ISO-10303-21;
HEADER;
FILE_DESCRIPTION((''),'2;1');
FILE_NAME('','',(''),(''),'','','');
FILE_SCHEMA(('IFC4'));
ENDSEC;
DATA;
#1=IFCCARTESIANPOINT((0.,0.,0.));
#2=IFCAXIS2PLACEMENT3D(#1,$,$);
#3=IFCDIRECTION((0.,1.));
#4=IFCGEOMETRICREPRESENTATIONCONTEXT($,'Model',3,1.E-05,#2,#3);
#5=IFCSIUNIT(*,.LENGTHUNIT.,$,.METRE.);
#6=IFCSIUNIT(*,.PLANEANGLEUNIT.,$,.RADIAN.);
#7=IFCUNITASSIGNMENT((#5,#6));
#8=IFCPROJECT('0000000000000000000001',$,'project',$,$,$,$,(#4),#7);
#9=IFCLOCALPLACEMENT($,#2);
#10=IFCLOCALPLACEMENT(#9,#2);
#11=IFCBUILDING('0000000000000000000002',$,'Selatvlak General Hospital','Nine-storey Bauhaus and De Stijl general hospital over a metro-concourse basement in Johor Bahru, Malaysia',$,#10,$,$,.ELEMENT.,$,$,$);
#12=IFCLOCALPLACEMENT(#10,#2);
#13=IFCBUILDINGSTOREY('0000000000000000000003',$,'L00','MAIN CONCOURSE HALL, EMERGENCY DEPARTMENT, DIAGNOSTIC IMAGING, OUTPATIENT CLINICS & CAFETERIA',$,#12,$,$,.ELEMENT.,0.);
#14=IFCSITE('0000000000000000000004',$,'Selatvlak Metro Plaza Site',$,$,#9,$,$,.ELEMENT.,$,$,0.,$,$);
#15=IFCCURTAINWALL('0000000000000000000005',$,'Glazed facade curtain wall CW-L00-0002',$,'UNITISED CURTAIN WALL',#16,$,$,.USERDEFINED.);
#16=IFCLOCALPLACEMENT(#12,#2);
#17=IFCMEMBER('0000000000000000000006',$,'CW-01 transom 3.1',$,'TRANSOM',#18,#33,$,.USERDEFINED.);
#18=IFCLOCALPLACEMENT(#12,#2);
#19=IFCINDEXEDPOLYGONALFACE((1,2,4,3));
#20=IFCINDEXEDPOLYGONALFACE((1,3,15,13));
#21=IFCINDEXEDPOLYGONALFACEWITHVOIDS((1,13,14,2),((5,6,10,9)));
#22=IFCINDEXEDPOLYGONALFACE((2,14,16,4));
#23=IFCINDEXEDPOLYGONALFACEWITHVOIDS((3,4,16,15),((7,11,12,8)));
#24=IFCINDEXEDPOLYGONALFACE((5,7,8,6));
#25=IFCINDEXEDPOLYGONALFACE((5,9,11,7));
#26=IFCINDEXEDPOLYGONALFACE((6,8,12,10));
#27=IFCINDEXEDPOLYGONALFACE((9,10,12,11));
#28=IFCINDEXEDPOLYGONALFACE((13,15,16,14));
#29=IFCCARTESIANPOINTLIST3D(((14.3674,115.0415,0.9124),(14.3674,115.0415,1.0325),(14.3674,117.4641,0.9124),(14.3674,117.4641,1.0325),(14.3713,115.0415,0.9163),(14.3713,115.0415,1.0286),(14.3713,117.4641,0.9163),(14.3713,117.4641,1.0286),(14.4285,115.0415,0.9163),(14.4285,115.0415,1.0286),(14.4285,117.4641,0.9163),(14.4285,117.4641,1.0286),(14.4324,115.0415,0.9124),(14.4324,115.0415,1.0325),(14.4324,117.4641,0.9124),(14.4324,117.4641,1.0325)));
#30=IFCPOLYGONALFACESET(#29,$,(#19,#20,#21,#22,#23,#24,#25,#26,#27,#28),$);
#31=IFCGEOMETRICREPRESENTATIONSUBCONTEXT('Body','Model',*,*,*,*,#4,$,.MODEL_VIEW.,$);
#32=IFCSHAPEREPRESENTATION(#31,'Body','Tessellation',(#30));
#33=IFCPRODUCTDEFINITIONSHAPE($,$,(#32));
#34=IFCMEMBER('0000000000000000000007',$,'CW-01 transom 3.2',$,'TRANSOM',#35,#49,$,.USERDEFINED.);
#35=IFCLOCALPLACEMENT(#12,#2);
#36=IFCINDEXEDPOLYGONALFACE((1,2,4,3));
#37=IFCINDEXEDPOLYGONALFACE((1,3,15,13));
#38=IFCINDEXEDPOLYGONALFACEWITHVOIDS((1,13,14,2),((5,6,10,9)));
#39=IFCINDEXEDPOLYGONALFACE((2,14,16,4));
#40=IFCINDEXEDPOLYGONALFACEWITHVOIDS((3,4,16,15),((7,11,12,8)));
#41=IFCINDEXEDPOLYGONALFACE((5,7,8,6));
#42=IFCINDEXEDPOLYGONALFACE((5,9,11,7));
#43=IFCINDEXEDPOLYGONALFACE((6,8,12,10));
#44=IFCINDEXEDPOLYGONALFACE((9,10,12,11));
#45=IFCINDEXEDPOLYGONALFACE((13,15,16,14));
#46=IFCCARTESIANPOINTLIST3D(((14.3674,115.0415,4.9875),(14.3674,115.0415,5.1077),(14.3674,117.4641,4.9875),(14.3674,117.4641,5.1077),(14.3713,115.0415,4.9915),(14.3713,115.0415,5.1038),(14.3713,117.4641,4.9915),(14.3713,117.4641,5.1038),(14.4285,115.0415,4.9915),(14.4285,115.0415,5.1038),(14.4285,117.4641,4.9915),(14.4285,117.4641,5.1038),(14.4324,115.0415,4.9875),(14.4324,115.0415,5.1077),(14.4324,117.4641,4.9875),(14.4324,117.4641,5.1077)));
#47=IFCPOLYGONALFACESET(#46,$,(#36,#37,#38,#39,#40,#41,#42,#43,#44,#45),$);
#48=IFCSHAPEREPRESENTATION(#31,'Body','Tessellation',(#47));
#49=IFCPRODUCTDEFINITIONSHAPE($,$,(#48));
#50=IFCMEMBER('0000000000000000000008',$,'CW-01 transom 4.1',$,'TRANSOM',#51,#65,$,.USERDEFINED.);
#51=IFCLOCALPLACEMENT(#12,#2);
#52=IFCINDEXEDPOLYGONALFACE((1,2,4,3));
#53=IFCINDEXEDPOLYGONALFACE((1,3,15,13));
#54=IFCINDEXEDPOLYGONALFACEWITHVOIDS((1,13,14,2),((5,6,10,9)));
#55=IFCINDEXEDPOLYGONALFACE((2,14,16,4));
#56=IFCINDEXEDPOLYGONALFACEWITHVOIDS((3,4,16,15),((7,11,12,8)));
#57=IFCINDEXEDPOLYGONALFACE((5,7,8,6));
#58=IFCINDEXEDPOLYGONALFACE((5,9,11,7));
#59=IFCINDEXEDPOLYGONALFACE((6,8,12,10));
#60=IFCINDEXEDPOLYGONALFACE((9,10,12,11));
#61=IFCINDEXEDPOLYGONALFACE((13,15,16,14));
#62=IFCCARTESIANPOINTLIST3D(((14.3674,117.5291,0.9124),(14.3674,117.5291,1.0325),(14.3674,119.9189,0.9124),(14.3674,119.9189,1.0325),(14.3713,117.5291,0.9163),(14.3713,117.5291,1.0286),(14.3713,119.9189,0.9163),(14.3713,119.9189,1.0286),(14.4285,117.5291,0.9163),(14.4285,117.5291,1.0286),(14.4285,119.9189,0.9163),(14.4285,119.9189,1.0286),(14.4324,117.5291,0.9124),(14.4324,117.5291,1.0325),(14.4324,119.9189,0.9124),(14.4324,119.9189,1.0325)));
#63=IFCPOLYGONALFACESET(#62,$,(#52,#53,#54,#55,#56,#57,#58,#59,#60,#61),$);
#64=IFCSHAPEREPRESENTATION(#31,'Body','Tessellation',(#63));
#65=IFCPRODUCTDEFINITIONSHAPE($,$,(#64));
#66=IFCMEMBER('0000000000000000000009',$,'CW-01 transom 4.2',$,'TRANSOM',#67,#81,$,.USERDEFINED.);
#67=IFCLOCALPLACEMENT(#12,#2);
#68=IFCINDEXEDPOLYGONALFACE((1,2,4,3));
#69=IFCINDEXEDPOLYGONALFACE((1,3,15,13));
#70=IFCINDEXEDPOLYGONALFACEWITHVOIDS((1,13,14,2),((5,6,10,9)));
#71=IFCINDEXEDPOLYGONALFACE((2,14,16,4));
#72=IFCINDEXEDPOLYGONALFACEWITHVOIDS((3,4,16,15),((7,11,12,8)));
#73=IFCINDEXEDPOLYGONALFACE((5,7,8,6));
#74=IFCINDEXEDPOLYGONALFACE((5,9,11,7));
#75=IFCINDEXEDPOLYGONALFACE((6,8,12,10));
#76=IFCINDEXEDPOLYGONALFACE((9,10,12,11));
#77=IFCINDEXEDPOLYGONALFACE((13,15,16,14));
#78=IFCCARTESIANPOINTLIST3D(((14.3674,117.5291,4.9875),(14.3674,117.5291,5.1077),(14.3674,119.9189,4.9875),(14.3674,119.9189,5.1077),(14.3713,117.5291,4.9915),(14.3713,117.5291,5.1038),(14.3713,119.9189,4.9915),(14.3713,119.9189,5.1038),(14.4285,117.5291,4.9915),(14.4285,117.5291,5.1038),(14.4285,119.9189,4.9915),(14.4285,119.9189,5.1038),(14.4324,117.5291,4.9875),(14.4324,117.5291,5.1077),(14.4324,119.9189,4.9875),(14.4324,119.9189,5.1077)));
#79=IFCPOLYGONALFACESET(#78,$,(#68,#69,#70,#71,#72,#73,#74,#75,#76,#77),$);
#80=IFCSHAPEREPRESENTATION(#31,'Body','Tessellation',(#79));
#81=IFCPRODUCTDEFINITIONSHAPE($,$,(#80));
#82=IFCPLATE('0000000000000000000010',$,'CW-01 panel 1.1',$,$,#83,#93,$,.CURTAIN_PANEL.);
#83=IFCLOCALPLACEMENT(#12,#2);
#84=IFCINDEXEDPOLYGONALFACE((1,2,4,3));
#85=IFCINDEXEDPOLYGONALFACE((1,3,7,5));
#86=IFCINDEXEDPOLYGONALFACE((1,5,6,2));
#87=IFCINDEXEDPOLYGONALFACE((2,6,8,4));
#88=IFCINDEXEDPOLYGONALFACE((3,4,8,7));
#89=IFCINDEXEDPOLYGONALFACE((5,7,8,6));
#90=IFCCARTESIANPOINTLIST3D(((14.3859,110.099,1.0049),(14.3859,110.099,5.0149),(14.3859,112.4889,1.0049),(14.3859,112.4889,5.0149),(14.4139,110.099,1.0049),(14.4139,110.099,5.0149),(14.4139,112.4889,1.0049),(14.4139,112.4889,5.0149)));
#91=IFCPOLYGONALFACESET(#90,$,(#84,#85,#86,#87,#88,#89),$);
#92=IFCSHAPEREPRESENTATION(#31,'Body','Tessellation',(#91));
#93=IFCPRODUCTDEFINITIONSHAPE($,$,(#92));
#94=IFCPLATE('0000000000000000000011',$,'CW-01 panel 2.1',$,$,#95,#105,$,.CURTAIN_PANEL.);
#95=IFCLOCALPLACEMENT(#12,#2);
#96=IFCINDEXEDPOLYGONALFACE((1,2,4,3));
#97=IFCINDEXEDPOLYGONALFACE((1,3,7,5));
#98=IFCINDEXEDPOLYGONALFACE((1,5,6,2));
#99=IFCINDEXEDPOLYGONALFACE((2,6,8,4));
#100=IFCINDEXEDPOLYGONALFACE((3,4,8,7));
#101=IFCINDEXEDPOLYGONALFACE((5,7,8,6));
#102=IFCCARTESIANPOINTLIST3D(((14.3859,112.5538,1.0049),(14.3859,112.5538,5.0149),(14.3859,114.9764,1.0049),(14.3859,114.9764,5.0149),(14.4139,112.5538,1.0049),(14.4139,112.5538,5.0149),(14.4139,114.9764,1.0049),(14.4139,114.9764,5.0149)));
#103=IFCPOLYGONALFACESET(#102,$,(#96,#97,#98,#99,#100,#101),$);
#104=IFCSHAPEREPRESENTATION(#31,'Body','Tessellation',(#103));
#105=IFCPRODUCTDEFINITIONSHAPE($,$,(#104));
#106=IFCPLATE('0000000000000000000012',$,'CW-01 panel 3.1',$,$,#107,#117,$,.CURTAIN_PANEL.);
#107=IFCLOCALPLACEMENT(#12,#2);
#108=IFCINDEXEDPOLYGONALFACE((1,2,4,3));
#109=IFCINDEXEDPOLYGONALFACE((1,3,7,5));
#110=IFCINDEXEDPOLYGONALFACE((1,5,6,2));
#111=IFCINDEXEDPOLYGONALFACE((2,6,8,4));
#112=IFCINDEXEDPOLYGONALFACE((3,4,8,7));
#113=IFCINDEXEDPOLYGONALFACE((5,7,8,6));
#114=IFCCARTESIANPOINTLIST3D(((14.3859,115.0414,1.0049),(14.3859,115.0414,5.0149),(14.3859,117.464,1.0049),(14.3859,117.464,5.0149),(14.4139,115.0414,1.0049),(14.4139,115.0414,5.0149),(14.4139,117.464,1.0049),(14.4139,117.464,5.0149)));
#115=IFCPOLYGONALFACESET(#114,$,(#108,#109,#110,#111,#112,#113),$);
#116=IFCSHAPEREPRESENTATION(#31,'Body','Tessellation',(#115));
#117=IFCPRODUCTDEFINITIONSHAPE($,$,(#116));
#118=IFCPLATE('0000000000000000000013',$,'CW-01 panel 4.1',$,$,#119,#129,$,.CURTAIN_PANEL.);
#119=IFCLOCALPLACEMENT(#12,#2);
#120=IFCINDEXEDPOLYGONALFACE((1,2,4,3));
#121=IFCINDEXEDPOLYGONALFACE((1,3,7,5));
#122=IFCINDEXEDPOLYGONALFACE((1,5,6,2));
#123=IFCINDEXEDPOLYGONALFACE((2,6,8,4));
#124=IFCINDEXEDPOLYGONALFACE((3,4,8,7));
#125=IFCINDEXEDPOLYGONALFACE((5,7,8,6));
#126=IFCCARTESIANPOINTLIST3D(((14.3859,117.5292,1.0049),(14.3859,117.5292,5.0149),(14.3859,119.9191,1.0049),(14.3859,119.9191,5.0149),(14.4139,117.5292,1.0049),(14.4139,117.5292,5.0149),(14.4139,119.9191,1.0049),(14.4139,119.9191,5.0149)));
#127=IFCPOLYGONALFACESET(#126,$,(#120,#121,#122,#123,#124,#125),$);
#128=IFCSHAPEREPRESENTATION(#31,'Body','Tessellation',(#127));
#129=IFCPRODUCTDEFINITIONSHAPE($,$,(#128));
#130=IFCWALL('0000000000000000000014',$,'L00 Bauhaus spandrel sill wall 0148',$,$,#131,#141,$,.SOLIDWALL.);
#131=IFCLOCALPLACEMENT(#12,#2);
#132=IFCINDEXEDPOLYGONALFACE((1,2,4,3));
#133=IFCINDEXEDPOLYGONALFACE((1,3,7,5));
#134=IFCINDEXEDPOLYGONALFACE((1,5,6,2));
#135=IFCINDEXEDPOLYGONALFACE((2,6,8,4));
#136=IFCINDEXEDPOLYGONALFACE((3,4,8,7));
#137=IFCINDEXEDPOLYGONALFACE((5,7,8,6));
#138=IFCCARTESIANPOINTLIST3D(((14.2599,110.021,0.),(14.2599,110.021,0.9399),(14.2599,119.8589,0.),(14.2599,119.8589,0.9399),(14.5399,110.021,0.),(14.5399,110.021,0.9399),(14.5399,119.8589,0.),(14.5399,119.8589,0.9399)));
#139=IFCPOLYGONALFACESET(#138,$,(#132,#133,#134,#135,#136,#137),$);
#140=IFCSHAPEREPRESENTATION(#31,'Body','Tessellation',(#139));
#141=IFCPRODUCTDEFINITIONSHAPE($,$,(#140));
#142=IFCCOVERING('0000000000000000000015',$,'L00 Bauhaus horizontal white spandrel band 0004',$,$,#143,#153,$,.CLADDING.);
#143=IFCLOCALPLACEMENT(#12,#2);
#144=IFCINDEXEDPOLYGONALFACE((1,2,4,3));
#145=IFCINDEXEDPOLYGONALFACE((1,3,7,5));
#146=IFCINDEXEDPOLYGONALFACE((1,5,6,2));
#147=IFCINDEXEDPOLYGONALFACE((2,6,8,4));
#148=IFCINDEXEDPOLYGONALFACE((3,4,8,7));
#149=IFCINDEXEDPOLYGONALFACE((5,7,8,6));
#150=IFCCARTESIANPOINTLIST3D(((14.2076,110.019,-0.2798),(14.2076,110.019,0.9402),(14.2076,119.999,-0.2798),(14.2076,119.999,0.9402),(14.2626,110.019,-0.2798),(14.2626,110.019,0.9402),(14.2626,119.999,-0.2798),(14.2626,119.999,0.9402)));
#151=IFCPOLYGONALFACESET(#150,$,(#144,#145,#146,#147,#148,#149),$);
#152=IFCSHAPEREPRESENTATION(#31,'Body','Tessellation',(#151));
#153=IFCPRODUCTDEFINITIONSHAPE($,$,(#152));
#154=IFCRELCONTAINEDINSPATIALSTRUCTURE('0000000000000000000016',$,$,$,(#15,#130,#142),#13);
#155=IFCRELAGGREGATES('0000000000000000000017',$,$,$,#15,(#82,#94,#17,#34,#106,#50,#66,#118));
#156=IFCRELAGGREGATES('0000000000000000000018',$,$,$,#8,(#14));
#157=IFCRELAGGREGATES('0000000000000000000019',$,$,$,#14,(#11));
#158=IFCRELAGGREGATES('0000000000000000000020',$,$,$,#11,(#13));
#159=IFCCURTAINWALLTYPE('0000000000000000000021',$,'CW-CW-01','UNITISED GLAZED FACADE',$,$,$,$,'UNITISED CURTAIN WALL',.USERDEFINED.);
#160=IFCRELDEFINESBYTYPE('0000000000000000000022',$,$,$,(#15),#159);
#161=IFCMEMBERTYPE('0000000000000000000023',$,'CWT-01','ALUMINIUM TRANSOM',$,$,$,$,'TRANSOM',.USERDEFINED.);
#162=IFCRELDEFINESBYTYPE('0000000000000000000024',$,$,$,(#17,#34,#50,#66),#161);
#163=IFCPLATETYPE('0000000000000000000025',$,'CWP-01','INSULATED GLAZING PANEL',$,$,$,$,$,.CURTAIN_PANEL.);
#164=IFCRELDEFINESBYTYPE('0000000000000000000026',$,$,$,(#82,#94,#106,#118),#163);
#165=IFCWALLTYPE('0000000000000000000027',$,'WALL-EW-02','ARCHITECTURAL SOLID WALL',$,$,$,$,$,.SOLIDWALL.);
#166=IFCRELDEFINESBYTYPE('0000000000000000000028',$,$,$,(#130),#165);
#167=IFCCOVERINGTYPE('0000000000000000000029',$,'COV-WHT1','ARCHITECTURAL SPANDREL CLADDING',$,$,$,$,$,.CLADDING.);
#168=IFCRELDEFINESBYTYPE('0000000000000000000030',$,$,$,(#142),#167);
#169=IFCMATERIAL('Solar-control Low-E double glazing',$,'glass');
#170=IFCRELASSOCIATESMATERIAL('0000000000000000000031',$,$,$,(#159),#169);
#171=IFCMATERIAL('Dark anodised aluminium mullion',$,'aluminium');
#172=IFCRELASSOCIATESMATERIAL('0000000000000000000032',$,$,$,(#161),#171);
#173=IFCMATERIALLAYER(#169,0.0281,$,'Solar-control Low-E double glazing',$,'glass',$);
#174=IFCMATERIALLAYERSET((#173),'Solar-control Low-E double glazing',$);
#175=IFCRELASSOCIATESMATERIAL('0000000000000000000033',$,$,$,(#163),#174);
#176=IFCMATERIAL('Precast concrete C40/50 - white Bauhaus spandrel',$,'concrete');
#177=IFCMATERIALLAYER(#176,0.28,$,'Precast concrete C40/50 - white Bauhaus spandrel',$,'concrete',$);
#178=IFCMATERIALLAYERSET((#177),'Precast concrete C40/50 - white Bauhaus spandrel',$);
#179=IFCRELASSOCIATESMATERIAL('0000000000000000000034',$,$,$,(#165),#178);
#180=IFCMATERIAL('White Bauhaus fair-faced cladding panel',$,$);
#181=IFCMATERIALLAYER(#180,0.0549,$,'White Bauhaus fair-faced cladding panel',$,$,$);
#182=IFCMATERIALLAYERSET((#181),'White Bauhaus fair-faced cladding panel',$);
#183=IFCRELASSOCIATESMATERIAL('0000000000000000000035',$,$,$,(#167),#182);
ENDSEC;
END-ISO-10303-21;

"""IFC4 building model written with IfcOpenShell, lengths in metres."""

from ifc_helpers import new_model, si_unit, direction, frame, frame_2d, origin, origin_2d, place, context, subcontext, project, spatial, rectangle, hollow_rectangle, extrude, material, layer, layer_set, material_profile, profile_set, type_object, element, aggregate, save


model = new_model("IFC4")

# Units and contexts
model_context = context("Model", 3, precision=1e-05, world=origin(), true_north=direction((0.0, 1.0)))
body_context = subcontext(model_context, "Body", "Model", "MODEL_VIEW")
ifc_project = project(units=[si_unit("LENGTHUNIT", "METRE"), si_unit("PLANEANGLEUNIT", "RADIAN")], contexts=[model_context])

# Site, building, storey
site_placement = place(None, origin())
site = spatial("IfcSite", under=ifc_project, at=site_placement, Name="Selatvlak Metro Plaza Site", CompositionType="ELEMENT", RefElevation=0.0)
building_placement = place(site_placement, origin())
building = spatial("IfcBuilding", under=site, at=building_placement, Name="Selatvlak General Hospital", Description="Nine-storey Bauhaus and De Stijl general hospital over a metro-concourse basement in Johor Bahru, Malaysia", CompositionType="ELEMENT")
storey_placement = place(building_placement, origin())
storey = spatial("IfcBuildingStorey", under=building, at=storey_placement, Name="L00", Description="MAIN CONCOURSE HALL, EMERGENCY DEPARTMENT, DIAGNOSTIC IMAGING, OUTPATIENT CLINICS & CAFETERIA", CompositionType="ELEMENT", Elevation=0.0)

# Curtain wall, members, plates
ifc_material_1 = material(Name="Solar-control Low-E double glazing", Category="glass")
curtain_wall_type = type_object("IfcCurtainWallType", Name="CW-CW-01", Description="UNITISED GLAZED FACADE", ElementType="UNITISED CURTAIN WALL", PredefinedType="USERDEFINED", material=ifc_material_1)
curtain_wall_placement = place(storey_placement, origin())
curtain_wall = element("IfcCurtainWall", 1, at=curtain_wall_placement, inside=storey, type_object=curtain_wall_type, Name="Glazed facade curtain wall CW-L00-0002", ObjectType="UNITISED CURTAIN WALL", PredefinedType="USERDEFINED")
ifc_material_2 = material(Name="Dark anodised aluminium mullion", Category="aluminium")
ifc_material_profile_1 = material_profile(ifc_material_2, hollow_rectangle(XDim=0.0649, YDim=0.1201, WallThickness=0.0039, at=origin_2d()), Name="AL-TRN 65x120x4")
ifc_profile_set_1 = profile_set([ifc_material_profile_1], Name="Dark anodised aluminium mullion")
member_type_1 = type_object("IfcMemberType", Name="CWT-01", Description="ALUMINIUM TRANSOM", ElementType="TRANSOM", PredefinedType="USERDEFINED", material=ifc_profile_set_1)
member_1_placement = place(storey_placement, frame((14.3999, 115.0415, 0.9724), z_axis=(0.0, 1.0, 0.0), x_axis=(-1.0, 0.0, 0.0)))
member_1 = element("IfcMember", 2, at=member_1_placement, type_object=member_type_1, Name="CW-01 transom 3.1", ObjectType="TRANSOM", PredefinedType="USERDEFINED", context=body_context, shape_type="SweptSolid", body=[
    extrude(hollow_rectangle(XDim=0.0649, YDim=0.1201, WallThickness=0.0039, at=origin_2d()), origin(), (0.0, 0.0, 1.0), 2.4226),
])
member_2_placement = place(storey_placement, frame((14.3999, 115.0415, 5.0476), z_axis=(0.0, 1.0, 0.0), x_axis=(-1.0, 0.0, 0.0)))
member_2 = element("IfcMember", 3, at=member_2_placement, type_object=member_type_1, Name="CW-01 transom 3.2", ObjectType="TRANSOM", PredefinedType="USERDEFINED", context=body_context, shape_type="SweptSolid", body=[
    extrude(hollow_rectangle(XDim=0.0649, YDim=0.1201, WallThickness=0.0039, at=origin_2d()), origin(), (0.0, 0.0, 1.0), 2.4226),
])
member_3_placement = place(storey_placement, frame((14.3999, 117.5291, 0.9724), z_axis=(0.0, 1.0, 0.0), x_axis=(-1.0, 0.0, 0.0)))
member_3 = element("IfcMember", 4, at=member_3_placement, type_object=member_type_1, Name="CW-01 transom 4.1", ObjectType="TRANSOM", PredefinedType="USERDEFINED", context=body_context, shape_type="SweptSolid", body=[
    extrude(hollow_rectangle(XDim=0.0649, YDim=0.1201, WallThickness=0.0039, at=origin_2d()), origin(), (0.0, 0.0, 1.0), 2.3899),
])
member_4_placement = place(storey_placement, frame((14.3999, 117.5291, 5.0476), z_axis=(0.0, 1.0, 0.0), x_axis=(-1.0, 0.0, 0.0)))
member_4 = element("IfcMember", 5, at=member_4_placement, type_object=member_type_1, Name="CW-01 transom 4.2", ObjectType="TRANSOM", PredefinedType="USERDEFINED", context=body_context, shape_type="SweptSolid", body=[
    extrude(hollow_rectangle(XDim=0.0649, YDim=0.1201, WallThickness=0.0039, at=origin_2d()), origin(), (0.0, 0.0, 1.0), 2.3899),
])
ifc_layer_1 = layer(ifc_material_1, 0.0281, Name="Solar-control Low-E double glazing", Category="glass")
ifc_layer_set_1 = layer_set([ifc_layer_1], Name="Solar-control Low-E double glazing")
plate_type = type_object("IfcPlateType", Name="CWP-01", Description="INSULATED GLAZING PANEL", PredefinedType="CURTAIN_PANEL", material=ifc_layer_set_1)
plate_1_placement = place(storey_placement, frame((14.3999, 111.2939, 1.0049), z_axis=(0.0, 0.0, 1.0), x_axis=(0.0, 1.0, 0.0)))
plate_1 = element("IfcPlate", 6, at=plate_1_placement, type_object=plate_type, Name="CW-01 panel 1.1", PredefinedType="CURTAIN_PANEL", context=body_context, shape_type="SweptSolid", body=[
    extrude(rectangle(XDim=2.3899, YDim=0.0281, at=origin_2d()), origin(), (0.0, 0.0, 1.0), 4.01),
])
plate_2_placement = place(storey_placement, frame((14.3999, 113.7651, 1.0049), z_axis=(0.0, 0.0, 1.0), x_axis=(0.0, 1.0, 0.0)))
plate_2 = element("IfcPlate", 7, at=plate_2_placement, type_object=plate_type, Name="CW-01 panel 2.1", PredefinedType="CURTAIN_PANEL", context=body_context, shape_type="SweptSolid", body=[
    extrude(rectangle(XDim=2.4226, YDim=0.0281, at=origin_2d()), origin(), (0.0, 0.0, 1.0), 4.01),
])
plate_3_placement = place(storey_placement, frame((14.3999, 116.2527, 1.0049), z_axis=(0.0, 0.0, 1.0), x_axis=(0.0, 1.0, 0.0)))
plate_3 = element("IfcPlate", 8, at=plate_3_placement, type_object=plate_type, Name="CW-01 panel 3.1", PredefinedType="CURTAIN_PANEL", context=body_context, shape_type="SweptSolid", body=[
    extrude(rectangle(XDim=2.4226, YDim=0.0281, at=origin_2d()), origin(), (0.0, 0.0, 1.0), 4.01),
])
plate_4_placement = place(storey_placement, frame((14.3999, 118.7241, 1.0049), z_axis=(0.0, 0.0, 1.0), x_axis=(0.0, 1.0, 0.0)))
plate_4 = element("IfcPlate", 9, at=plate_4_placement, type_object=plate_type, Name="CW-01 panel 4.1", PredefinedType="CURTAIN_PANEL", context=body_context, shape_type="SweptSolid", body=[
    extrude(rectangle(XDim=2.3899, YDim=0.0281, at=origin_2d()), origin(), (0.0, 0.0, 1.0), 4.01),
])
aggregate(curtain_wall, [plate_1, plate_2, member_1, member_2, plate_3, member_3, member_4, plate_4])

# Wall
ifc_material_3 = material(Name="Precast concrete C40/50 - white Bauhaus spandrel", Category="concrete")
ifc_layer_2 = layer(ifc_material_3, 0.28, Name="Precast concrete C40/50 - white Bauhaus spandrel", Category="concrete")
ifc_layer_set_2 = layer_set([ifc_layer_2], Name="Precast concrete C40/50 - white Bauhaus spandrel")
wall_type = type_object("IfcWallType", Name="WALL-EW-02", Description="ARCHITECTURAL SOLID WALL", PredefinedType="SOLIDWALL", material=ifc_layer_set_2)
wall_placement = place(storey_placement, frame((14.3999, 110.021, 0.0), z_axis=(0.0, 0.0, 1.0), x_axis=(0.0, 1.0, 0.0)))
element("IfcWall", 10, at=wall_placement, inside=storey, type_object=wall_type, Name="L00 Bauhaus spandrel sill wall 0148", PredefinedType="SOLIDWALL", context=body_context, shape_type="SweptSolid", body=[
    extrude(rectangle(XDim=9.8379, YDim=0.28, at=frame_2d((4.9189, 0.0))), origin(), (0.0, 0.0, 1.0), 0.9399),
])

# Covering
ifc_material_4 = material(Name="White Bauhaus fair-faced cladding panel")
ifc_layer_3 = layer(ifc_material_4, 0.0549, Name="White Bauhaus fair-faced cladding panel")
ifc_layer_set_3 = layer_set([ifc_layer_3], Name="White Bauhaus fair-faced cladding panel")
covering_type = type_object("IfcCoveringType", Name="COV-WHT1", Description="ARCHITECTURAL SPANDREL CLADDING", PredefinedType="CLADDING", material=ifc_layer_set_3)
covering_placement = place(storey_placement, frame((14.2351, 115.009, -0.2798), z_axis=(0.0, 0.0, 1.0), x_axis=(0.0, 1.0, 0.0)))
element("IfcCovering", 11, at=covering_placement, inside=storey, type_object=covering_type, Name="L00 Bauhaus horizontal white spandrel band 0004", PredefinedType="CLADDING", context=body_context, shape_type="SweptSolid", body=[
    extrude(rectangle(XDim=9.98, YDim=0.0549, at=origin_2d()), origin(), (0.0, 0.0, 1.0), 1.22),
])

save(model, "model.ifc")
